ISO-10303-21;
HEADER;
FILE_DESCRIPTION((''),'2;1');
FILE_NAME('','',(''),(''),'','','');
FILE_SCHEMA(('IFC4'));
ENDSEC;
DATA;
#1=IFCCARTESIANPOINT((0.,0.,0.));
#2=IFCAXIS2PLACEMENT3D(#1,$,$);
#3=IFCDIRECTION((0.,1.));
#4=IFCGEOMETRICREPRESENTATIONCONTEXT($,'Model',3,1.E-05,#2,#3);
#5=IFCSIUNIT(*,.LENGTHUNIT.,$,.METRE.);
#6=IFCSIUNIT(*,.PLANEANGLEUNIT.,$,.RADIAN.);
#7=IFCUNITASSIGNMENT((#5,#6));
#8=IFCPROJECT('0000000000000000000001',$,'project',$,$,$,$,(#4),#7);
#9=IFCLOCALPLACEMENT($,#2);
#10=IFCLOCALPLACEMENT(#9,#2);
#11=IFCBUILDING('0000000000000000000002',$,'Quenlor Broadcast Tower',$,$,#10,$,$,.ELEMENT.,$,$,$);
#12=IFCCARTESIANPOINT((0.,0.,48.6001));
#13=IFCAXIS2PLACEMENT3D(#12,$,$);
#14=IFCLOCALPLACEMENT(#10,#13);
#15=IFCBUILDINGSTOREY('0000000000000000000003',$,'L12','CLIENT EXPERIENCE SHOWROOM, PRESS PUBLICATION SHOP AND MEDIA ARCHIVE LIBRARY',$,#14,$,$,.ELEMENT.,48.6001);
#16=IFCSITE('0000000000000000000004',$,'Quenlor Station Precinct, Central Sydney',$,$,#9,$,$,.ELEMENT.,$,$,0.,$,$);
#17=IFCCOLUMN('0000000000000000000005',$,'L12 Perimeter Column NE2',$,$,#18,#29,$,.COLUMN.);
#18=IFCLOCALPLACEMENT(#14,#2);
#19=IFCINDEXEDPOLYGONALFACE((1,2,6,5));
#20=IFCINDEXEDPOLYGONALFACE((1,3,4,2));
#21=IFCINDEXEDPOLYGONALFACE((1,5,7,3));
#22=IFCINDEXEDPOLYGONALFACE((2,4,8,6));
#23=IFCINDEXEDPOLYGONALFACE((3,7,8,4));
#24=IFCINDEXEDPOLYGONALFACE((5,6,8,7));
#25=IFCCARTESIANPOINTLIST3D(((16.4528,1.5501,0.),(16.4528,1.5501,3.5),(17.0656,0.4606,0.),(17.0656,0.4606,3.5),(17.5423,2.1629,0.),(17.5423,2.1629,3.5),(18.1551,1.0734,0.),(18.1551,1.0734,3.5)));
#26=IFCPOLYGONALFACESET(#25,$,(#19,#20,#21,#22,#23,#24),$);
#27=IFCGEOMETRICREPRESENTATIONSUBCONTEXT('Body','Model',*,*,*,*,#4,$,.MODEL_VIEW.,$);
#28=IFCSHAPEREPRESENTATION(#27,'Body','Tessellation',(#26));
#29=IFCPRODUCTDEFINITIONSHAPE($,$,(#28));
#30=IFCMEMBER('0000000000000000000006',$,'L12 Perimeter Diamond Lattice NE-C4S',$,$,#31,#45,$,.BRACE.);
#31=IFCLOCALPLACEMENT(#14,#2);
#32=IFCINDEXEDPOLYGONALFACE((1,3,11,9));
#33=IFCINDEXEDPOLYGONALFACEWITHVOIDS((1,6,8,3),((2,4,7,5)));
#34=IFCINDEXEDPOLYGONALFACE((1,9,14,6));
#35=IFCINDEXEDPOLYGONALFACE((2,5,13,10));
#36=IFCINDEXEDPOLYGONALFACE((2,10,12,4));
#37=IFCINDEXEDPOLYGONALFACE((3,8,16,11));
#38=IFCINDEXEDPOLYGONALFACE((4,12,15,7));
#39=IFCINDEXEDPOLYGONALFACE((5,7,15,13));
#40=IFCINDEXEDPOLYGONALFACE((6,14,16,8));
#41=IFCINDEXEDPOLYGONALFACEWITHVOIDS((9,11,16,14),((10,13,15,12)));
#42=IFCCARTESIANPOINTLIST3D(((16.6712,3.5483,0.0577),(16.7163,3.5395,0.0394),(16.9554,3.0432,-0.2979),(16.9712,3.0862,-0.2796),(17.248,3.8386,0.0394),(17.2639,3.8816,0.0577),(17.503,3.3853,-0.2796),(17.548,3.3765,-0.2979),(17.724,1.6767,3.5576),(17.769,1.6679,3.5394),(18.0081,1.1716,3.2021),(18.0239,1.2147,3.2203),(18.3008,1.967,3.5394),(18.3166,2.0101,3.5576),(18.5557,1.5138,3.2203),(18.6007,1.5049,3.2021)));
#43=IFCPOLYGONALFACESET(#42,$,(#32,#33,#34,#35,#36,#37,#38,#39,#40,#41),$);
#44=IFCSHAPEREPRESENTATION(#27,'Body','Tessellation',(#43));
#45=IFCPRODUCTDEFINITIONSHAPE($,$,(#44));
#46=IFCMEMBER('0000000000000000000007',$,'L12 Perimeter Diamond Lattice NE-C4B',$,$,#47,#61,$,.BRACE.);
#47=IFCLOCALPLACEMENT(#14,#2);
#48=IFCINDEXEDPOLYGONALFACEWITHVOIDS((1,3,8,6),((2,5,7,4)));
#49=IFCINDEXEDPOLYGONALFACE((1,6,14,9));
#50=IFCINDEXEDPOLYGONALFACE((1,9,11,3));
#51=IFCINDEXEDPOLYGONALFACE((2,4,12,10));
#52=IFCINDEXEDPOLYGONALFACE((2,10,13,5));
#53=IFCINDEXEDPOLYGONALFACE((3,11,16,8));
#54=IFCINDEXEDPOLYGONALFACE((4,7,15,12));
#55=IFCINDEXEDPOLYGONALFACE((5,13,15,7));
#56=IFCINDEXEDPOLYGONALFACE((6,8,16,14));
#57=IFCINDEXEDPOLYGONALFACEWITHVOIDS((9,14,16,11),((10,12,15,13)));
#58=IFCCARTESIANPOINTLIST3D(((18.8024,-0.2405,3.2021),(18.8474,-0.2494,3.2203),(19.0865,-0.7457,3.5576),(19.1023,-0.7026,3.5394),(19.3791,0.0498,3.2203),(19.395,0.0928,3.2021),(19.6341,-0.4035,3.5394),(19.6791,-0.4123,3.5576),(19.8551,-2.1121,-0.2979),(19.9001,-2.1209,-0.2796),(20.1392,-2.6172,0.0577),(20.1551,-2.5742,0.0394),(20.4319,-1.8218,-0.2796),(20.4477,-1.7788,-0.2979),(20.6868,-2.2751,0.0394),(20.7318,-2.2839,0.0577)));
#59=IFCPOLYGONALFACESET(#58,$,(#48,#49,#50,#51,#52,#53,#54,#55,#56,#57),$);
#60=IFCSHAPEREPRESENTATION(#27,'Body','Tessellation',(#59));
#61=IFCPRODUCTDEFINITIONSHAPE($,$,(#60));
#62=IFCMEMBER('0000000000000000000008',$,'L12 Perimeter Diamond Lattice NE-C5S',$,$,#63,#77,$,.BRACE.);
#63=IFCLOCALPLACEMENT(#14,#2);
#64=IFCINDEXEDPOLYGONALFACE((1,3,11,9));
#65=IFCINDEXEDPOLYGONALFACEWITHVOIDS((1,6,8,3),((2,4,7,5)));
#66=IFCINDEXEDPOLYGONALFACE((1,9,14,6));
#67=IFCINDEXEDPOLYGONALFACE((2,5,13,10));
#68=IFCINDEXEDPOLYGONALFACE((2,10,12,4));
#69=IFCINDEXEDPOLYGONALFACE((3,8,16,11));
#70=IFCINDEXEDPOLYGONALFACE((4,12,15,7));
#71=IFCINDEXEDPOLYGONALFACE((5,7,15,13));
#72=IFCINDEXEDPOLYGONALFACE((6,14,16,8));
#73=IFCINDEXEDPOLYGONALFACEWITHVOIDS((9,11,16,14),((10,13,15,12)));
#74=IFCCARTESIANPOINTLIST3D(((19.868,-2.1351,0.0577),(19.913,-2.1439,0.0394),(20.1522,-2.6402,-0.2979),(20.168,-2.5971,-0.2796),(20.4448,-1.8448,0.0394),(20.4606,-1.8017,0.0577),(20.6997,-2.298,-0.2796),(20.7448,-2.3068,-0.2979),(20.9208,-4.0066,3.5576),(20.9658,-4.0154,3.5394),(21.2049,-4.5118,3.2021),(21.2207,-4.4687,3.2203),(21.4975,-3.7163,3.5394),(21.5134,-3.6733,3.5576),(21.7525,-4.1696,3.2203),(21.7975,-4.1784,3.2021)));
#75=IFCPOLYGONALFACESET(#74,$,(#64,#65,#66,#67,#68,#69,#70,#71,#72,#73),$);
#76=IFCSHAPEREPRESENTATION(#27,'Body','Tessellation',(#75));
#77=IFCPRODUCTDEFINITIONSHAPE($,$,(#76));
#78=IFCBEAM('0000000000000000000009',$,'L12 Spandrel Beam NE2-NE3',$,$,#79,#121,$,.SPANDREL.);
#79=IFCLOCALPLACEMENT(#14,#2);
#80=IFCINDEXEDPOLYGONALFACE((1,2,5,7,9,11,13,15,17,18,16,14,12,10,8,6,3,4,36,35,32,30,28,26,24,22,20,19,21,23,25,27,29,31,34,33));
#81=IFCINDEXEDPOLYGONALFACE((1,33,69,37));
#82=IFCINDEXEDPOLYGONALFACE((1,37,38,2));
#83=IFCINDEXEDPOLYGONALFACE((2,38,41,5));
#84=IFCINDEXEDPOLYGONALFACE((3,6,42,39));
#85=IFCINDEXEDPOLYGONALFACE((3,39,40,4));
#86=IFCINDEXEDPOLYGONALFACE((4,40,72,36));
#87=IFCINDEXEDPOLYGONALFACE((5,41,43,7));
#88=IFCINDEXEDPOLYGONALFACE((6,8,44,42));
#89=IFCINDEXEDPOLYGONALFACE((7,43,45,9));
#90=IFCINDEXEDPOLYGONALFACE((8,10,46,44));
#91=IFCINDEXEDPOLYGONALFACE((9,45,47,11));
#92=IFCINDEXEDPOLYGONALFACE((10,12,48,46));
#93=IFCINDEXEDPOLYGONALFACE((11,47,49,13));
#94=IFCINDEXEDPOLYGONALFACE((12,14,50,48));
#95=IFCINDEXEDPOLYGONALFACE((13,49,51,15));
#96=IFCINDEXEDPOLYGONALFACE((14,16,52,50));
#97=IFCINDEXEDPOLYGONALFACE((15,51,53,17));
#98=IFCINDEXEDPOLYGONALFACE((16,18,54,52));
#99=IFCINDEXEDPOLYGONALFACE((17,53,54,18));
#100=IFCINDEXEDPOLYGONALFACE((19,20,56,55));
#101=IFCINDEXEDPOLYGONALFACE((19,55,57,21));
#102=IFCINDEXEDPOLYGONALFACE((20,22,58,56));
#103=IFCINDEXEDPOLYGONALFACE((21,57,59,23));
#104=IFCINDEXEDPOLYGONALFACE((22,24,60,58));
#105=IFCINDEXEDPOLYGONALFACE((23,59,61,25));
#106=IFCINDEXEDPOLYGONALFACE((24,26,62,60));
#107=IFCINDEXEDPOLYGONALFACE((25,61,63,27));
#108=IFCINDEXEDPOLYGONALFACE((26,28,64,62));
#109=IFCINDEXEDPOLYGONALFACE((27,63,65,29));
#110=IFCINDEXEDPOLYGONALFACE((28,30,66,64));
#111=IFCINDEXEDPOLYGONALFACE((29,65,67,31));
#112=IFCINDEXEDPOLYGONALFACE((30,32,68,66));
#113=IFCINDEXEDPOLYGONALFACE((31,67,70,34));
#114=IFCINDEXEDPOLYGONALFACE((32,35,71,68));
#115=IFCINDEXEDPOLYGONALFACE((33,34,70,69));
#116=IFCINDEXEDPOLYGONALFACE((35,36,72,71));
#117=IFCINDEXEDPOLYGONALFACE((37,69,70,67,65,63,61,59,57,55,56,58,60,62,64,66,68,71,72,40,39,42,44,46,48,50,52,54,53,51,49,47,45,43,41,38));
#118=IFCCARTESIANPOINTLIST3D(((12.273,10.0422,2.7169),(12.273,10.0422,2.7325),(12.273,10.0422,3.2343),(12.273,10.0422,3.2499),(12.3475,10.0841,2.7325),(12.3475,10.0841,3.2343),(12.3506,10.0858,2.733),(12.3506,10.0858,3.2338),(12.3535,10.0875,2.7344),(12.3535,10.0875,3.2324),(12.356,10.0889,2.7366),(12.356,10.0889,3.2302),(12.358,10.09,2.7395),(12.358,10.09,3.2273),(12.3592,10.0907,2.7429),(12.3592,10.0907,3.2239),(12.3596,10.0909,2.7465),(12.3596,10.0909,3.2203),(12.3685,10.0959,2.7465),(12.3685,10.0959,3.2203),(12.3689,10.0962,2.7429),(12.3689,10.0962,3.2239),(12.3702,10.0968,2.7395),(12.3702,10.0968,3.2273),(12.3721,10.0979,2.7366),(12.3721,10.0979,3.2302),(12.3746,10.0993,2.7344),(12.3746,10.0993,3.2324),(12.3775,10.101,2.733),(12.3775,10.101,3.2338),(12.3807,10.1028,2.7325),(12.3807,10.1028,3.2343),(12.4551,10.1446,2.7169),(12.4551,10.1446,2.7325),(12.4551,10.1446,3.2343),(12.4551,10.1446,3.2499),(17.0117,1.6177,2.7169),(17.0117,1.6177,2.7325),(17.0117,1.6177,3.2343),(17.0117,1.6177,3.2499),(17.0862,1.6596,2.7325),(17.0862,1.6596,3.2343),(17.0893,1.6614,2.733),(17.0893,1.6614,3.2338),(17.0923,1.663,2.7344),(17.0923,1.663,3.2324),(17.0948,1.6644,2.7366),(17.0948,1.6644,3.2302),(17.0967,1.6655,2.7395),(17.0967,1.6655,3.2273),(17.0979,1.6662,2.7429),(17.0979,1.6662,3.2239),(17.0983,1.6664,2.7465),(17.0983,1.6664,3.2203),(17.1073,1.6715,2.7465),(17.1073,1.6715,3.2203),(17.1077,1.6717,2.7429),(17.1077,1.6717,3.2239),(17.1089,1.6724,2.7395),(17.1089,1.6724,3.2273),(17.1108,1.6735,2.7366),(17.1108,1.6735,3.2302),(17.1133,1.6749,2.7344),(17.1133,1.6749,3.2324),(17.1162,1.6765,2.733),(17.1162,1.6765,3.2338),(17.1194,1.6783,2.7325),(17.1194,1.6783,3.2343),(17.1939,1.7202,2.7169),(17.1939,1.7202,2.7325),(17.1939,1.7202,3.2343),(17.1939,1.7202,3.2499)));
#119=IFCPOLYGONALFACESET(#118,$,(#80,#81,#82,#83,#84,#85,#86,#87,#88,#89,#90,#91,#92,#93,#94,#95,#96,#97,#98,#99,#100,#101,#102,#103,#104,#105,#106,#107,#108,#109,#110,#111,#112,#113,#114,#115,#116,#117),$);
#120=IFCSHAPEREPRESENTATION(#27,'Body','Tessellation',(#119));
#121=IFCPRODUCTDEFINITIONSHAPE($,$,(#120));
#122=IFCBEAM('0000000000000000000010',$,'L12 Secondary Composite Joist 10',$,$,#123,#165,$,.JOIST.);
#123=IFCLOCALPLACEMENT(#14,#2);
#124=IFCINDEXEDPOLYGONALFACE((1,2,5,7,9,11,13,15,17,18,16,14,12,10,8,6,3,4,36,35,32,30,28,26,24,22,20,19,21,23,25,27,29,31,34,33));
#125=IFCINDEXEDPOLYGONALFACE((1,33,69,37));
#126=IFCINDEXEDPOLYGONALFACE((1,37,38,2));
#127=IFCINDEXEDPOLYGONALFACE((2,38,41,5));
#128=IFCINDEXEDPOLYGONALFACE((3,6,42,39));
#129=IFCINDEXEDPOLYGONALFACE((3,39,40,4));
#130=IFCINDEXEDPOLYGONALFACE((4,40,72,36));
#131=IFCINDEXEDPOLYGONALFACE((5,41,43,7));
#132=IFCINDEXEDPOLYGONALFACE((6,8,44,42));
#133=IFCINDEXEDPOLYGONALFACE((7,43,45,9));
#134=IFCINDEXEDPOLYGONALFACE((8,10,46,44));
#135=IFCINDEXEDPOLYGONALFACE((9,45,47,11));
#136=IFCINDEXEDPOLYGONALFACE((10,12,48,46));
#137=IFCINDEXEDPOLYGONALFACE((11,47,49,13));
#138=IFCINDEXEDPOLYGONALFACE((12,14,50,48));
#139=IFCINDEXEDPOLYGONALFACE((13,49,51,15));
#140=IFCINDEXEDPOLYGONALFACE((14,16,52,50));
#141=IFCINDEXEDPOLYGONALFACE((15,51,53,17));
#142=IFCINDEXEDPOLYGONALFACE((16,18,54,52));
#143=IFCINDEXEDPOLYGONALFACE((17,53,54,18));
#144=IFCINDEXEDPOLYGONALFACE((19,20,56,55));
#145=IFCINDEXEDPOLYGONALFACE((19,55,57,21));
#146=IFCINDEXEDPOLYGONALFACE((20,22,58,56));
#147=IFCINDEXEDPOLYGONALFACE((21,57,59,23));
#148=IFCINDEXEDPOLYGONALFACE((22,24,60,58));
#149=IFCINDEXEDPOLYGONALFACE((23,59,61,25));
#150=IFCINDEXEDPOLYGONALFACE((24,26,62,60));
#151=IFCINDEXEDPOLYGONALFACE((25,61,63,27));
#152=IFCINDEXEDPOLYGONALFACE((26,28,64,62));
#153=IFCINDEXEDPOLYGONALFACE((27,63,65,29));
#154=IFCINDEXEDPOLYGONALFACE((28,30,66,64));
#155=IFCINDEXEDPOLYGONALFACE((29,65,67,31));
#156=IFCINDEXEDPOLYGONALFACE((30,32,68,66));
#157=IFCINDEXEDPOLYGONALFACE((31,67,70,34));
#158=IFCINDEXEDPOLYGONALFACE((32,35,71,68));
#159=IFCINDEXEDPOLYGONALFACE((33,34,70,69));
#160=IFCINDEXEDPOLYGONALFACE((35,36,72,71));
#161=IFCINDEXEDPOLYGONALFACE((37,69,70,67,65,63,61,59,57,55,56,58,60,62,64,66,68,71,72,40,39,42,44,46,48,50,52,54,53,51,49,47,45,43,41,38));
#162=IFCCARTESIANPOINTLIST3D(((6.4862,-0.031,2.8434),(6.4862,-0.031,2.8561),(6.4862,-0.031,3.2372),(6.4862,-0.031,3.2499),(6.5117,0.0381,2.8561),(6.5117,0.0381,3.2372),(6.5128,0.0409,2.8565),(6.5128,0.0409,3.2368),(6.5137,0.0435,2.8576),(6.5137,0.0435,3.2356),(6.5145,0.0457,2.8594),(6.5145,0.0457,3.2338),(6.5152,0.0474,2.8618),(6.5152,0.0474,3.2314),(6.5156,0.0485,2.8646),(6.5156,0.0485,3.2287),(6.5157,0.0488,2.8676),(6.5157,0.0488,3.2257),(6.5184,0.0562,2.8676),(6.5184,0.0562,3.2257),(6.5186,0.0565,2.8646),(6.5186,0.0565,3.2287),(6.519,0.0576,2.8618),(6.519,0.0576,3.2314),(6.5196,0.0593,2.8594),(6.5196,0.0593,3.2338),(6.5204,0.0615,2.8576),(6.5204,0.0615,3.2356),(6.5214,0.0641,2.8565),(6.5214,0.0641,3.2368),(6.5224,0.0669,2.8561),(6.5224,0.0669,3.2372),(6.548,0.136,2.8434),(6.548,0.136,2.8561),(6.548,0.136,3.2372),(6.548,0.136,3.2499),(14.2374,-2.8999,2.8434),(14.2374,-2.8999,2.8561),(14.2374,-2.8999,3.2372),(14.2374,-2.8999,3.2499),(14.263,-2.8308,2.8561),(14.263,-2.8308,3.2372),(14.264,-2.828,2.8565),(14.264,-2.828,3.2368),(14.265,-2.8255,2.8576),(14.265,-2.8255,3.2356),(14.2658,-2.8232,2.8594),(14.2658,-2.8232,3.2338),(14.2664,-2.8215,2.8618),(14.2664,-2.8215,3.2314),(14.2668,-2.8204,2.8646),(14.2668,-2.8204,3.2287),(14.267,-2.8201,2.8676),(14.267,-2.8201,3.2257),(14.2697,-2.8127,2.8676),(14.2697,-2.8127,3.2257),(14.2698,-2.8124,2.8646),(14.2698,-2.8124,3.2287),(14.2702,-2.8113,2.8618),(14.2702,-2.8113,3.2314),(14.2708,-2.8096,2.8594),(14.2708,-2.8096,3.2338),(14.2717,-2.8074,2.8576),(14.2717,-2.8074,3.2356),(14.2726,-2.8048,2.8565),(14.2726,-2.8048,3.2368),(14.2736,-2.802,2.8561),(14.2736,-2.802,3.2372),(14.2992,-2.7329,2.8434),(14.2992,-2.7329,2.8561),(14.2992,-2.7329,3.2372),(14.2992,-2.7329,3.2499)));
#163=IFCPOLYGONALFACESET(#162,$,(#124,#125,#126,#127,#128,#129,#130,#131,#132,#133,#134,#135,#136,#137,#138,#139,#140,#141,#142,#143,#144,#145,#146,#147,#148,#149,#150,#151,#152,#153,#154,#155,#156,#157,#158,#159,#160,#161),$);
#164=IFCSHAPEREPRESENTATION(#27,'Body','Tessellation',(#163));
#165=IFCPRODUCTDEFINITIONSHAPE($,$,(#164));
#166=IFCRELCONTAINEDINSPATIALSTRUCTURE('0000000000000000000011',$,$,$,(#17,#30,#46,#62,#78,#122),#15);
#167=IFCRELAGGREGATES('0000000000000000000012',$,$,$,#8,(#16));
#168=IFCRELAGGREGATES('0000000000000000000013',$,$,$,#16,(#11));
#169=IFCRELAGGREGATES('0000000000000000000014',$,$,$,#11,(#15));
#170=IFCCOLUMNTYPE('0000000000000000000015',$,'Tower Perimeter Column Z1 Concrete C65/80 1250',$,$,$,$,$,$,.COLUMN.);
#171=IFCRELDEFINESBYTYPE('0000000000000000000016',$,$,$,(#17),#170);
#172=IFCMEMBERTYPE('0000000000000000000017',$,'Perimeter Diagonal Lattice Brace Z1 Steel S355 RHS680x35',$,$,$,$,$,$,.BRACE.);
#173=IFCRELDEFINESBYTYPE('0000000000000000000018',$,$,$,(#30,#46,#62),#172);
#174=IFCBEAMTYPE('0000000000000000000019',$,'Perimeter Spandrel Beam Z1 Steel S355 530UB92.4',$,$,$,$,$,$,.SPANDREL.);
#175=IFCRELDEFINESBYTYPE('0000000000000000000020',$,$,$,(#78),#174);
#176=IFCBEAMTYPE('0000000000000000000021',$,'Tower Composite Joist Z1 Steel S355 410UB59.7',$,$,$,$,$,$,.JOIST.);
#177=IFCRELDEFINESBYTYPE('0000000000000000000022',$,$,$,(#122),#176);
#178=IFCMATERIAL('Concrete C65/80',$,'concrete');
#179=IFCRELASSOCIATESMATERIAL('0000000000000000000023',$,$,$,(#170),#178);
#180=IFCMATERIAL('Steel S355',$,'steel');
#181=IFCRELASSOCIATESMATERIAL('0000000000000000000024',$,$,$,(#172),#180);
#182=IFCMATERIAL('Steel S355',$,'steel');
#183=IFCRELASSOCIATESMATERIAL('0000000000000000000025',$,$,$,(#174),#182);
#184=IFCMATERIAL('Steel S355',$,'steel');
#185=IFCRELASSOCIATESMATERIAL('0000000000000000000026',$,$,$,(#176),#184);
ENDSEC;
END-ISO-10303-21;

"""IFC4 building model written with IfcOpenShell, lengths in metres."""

from ifc_helpers import new_model, si_unit, direction, frame, origin, origin_2d, place, context, subcontext, project, spatial, rectangle, hollow_rectangle, i_section, extrude, material, material_profile, profile_set, type_object, element, save


model = new_model("IFC4")

# Units and contexts
model_context = context("Model", 3, precision=1e-05, world=origin(), true_north=direction((0.0, 1.0)))
body_context = subcontext(model_context, "Body", "Model", "MODEL_VIEW")
ifc_project = project(units=[si_unit("LENGTHUNIT", "METRE"), si_unit("PLANEANGLEUNIT", "RADIAN")], contexts=[model_context])

# Site, building, storey
site_placement = place(None, origin())
site = spatial("IfcSite", under=ifc_project, at=site_placement, Name="Quenlor Station Precinct, Central Sydney", CompositionType="ELEMENT", RefElevation=0.0)
building_placement = place(site_placement, origin())
building = spatial("IfcBuilding", under=site, at=building_placement, Name="Quenlor Broadcast Tower", CompositionType="ELEMENT")
storey_placement = place(building_placement, frame((0.0, 0.0, 48.6001)))
storey = spatial("IfcBuildingStorey", under=building, at=storey_placement, Name="L12", Description="CLIENT EXPERIENCE SHOWROOM, PRESS PUBLICATION SHOP AND MEDIA ARCHIVE LIBRARY", CompositionType="ELEMENT", Elevation=48.6001)

# Column
ifc_material_1 = material(Name="Concrete C65/80", Category="concrete")
ifc_material_profile_1 = material_profile(ifc_material_1, rectangle(XDim=1.25, YDim=1.25, at=origin_2d()))
ifc_profile_set_1 = profile_set([ifc_material_profile_1], Name="Concrete C65/80 RC1250x1250")
column_type = type_object("IfcColumnType", Name="Tower Perimeter Column Z1 Concrete C65/80 1250", PredefinedType="COLUMN", material=ifc_profile_set_1)
column_placement = place(storey_placement, frame((17.304, 1.3118, 0.0), z_axis=(0.0, 0.0, 1.0), x_axis=(0.871575, 0.490262, 0.0)))
element("IfcColumn", 1, at=column_placement, inside=storey, type_object=column_type, Name="L12 Perimeter Column NE2", PredefinedType="COLUMN", context=body_context, shape_type="SweptSolid", body=[
    extrude(rectangle(XDim=1.25, YDim=1.25, at=origin_2d()), origin(), (0.0, 0.0, 1.0), 3.5),
])

# Members
ifc_material_2 = material(Name="Steel S355", Category="steel")
ifc_material_profile_2 = material_profile(ifc_material_2, hollow_rectangle(XDim=0.6799, YDim=0.6799, WallThickness=0.0349, at=origin_2d()))
ifc_profile_set_2 = profile_set([ifc_material_profile_2], Name="Steel S355 RHS680x680x35")
member_type = type_object("IfcMemberType", Name="Perimeter Diagonal Lattice Brace Z1 Steel S355 RHS680x35", PredefinedType="BRACE", material=ifc_profile_set_2)
for number, where, z_axis, x_axis, name in (
    (2, (17.1096, 3.4624, -0.1201), (0.256375, -0.455792, 0.852365), (0.871582, 0.49025, 0.0), "L12 Perimeter Diamond Lattice NE-C4S"),
    (3, (20.2935, -2.198, -0.1201), (-0.256375, 0.455792, 0.852365), (-0.871582, -0.49025, 0.0), "L12 Perimeter Diamond Lattice NE-C4B"),
    (4, (20.3064, -2.2209, -0.1201), (0.256375, -0.455792, 0.852365), (0.871582, 0.49025, 0.0), "L12 Perimeter Diamond Lattice NE-C5S"),
):
    element("IfcMember", number, at=place(storey_placement, frame(where, z_axis=z_axis, x_axis=x_axis)), inside=storey, type_object=member_type, Name=name, PredefinedType="BRACE", context=body_context, shape_type="SweptSolid", body=[
        extrude(hollow_rectangle(XDim=0.6799, YDim=0.6799, WallThickness=0.0349, at=origin_2d()), origin(), (0.0, 0.0, 1.0), 4.1062),
    ])

# Beams
ifc_material_3 = material(Name="Steel S355", Category="steel")
ifc_material_profile_3 = material_profile(ifc_material_3, i_section(OverallWidth=0.209, OverallDepth=0.533, WebThickness=0.0103, FlangeThickness=0.0156, FilletRadius=0.0139, at=origin_2d()))
ifc_profile_set_3 = profile_set([ifc_material_profile_3], Name="Steel S355 530UB92.4")
beam_type_1 = type_object("IfcBeamType", Name="Perimeter Spandrel Beam Z1 Steel S355 530UB92.4", PredefinedType="SPANDREL", material=ifc_profile_set_3)
beam_1_placement = place(storey_placement, frame((17.1028, 1.6689, 2.9834), z_axis=(-0.490258, 0.871578, 0.0), x_axis=(-0.871578, -0.490258, 0.0)))
element("IfcBeam", 5, at=beam_1_placement, inside=storey, type_object=beam_type_1, Name="L12 Spandrel Beam NE2-NE3", PredefinedType="SPANDREL", context=body_context, shape_type="SweptSolid", body=[
    extrude(i_section(OverallWidth=0.209, OverallDepth=0.533, WebThickness=0.0103, FlangeThickness=0.0156, FilletRadius=0.0139, at=origin_2d()), origin(), (0.0, 0.0, 1.0), 9.6658),
])
ifc_material_4 = material(Name="Steel S355", Category="steel")
ifc_material_profile_4 = material_profile(ifc_material_4, i_section(OverallWidth=0.178, OverallDepth=0.4065, WebThickness=0.0078, FlangeThickness=0.0127, FilletRadius=0.0115, at=origin_2d()))
ifc_profile_set_4 = profile_set([ifc_material_profile_4], Name="Steel S355 410UB59.7")
beam_type_2 = type_object("IfcBeamType", Name="Tower Composite Joist Z1 Steel S355 410UB59.7", PredefinedType="JOIST", material=ifc_profile_set_4)
beam_2_placement = place(storey_placement, frame((14.2683, -2.8164, 3.0466), z_axis=(-0.937825, 0.347109, 0.0), x_axis=(-0.347109, -0.937825, 0.0)))
element("IfcBeam", 6, at=beam_2_placement, inside=storey, type_object=beam_type_2, Name="L12 Secondary Composite Joist 10", PredefinedType="JOIST", context=body_context, shape_type="SweptSolid", body=[
    extrude(i_section(OverallWidth=0.178, OverallDepth=0.4065, WebThickness=0.0078, FlangeThickness=0.0127, FilletRadius=0.0115, at=origin_2d()), origin(), (0.0, 0.0, 1.0), 8.2651),
])

save(model, "model.ifc")
